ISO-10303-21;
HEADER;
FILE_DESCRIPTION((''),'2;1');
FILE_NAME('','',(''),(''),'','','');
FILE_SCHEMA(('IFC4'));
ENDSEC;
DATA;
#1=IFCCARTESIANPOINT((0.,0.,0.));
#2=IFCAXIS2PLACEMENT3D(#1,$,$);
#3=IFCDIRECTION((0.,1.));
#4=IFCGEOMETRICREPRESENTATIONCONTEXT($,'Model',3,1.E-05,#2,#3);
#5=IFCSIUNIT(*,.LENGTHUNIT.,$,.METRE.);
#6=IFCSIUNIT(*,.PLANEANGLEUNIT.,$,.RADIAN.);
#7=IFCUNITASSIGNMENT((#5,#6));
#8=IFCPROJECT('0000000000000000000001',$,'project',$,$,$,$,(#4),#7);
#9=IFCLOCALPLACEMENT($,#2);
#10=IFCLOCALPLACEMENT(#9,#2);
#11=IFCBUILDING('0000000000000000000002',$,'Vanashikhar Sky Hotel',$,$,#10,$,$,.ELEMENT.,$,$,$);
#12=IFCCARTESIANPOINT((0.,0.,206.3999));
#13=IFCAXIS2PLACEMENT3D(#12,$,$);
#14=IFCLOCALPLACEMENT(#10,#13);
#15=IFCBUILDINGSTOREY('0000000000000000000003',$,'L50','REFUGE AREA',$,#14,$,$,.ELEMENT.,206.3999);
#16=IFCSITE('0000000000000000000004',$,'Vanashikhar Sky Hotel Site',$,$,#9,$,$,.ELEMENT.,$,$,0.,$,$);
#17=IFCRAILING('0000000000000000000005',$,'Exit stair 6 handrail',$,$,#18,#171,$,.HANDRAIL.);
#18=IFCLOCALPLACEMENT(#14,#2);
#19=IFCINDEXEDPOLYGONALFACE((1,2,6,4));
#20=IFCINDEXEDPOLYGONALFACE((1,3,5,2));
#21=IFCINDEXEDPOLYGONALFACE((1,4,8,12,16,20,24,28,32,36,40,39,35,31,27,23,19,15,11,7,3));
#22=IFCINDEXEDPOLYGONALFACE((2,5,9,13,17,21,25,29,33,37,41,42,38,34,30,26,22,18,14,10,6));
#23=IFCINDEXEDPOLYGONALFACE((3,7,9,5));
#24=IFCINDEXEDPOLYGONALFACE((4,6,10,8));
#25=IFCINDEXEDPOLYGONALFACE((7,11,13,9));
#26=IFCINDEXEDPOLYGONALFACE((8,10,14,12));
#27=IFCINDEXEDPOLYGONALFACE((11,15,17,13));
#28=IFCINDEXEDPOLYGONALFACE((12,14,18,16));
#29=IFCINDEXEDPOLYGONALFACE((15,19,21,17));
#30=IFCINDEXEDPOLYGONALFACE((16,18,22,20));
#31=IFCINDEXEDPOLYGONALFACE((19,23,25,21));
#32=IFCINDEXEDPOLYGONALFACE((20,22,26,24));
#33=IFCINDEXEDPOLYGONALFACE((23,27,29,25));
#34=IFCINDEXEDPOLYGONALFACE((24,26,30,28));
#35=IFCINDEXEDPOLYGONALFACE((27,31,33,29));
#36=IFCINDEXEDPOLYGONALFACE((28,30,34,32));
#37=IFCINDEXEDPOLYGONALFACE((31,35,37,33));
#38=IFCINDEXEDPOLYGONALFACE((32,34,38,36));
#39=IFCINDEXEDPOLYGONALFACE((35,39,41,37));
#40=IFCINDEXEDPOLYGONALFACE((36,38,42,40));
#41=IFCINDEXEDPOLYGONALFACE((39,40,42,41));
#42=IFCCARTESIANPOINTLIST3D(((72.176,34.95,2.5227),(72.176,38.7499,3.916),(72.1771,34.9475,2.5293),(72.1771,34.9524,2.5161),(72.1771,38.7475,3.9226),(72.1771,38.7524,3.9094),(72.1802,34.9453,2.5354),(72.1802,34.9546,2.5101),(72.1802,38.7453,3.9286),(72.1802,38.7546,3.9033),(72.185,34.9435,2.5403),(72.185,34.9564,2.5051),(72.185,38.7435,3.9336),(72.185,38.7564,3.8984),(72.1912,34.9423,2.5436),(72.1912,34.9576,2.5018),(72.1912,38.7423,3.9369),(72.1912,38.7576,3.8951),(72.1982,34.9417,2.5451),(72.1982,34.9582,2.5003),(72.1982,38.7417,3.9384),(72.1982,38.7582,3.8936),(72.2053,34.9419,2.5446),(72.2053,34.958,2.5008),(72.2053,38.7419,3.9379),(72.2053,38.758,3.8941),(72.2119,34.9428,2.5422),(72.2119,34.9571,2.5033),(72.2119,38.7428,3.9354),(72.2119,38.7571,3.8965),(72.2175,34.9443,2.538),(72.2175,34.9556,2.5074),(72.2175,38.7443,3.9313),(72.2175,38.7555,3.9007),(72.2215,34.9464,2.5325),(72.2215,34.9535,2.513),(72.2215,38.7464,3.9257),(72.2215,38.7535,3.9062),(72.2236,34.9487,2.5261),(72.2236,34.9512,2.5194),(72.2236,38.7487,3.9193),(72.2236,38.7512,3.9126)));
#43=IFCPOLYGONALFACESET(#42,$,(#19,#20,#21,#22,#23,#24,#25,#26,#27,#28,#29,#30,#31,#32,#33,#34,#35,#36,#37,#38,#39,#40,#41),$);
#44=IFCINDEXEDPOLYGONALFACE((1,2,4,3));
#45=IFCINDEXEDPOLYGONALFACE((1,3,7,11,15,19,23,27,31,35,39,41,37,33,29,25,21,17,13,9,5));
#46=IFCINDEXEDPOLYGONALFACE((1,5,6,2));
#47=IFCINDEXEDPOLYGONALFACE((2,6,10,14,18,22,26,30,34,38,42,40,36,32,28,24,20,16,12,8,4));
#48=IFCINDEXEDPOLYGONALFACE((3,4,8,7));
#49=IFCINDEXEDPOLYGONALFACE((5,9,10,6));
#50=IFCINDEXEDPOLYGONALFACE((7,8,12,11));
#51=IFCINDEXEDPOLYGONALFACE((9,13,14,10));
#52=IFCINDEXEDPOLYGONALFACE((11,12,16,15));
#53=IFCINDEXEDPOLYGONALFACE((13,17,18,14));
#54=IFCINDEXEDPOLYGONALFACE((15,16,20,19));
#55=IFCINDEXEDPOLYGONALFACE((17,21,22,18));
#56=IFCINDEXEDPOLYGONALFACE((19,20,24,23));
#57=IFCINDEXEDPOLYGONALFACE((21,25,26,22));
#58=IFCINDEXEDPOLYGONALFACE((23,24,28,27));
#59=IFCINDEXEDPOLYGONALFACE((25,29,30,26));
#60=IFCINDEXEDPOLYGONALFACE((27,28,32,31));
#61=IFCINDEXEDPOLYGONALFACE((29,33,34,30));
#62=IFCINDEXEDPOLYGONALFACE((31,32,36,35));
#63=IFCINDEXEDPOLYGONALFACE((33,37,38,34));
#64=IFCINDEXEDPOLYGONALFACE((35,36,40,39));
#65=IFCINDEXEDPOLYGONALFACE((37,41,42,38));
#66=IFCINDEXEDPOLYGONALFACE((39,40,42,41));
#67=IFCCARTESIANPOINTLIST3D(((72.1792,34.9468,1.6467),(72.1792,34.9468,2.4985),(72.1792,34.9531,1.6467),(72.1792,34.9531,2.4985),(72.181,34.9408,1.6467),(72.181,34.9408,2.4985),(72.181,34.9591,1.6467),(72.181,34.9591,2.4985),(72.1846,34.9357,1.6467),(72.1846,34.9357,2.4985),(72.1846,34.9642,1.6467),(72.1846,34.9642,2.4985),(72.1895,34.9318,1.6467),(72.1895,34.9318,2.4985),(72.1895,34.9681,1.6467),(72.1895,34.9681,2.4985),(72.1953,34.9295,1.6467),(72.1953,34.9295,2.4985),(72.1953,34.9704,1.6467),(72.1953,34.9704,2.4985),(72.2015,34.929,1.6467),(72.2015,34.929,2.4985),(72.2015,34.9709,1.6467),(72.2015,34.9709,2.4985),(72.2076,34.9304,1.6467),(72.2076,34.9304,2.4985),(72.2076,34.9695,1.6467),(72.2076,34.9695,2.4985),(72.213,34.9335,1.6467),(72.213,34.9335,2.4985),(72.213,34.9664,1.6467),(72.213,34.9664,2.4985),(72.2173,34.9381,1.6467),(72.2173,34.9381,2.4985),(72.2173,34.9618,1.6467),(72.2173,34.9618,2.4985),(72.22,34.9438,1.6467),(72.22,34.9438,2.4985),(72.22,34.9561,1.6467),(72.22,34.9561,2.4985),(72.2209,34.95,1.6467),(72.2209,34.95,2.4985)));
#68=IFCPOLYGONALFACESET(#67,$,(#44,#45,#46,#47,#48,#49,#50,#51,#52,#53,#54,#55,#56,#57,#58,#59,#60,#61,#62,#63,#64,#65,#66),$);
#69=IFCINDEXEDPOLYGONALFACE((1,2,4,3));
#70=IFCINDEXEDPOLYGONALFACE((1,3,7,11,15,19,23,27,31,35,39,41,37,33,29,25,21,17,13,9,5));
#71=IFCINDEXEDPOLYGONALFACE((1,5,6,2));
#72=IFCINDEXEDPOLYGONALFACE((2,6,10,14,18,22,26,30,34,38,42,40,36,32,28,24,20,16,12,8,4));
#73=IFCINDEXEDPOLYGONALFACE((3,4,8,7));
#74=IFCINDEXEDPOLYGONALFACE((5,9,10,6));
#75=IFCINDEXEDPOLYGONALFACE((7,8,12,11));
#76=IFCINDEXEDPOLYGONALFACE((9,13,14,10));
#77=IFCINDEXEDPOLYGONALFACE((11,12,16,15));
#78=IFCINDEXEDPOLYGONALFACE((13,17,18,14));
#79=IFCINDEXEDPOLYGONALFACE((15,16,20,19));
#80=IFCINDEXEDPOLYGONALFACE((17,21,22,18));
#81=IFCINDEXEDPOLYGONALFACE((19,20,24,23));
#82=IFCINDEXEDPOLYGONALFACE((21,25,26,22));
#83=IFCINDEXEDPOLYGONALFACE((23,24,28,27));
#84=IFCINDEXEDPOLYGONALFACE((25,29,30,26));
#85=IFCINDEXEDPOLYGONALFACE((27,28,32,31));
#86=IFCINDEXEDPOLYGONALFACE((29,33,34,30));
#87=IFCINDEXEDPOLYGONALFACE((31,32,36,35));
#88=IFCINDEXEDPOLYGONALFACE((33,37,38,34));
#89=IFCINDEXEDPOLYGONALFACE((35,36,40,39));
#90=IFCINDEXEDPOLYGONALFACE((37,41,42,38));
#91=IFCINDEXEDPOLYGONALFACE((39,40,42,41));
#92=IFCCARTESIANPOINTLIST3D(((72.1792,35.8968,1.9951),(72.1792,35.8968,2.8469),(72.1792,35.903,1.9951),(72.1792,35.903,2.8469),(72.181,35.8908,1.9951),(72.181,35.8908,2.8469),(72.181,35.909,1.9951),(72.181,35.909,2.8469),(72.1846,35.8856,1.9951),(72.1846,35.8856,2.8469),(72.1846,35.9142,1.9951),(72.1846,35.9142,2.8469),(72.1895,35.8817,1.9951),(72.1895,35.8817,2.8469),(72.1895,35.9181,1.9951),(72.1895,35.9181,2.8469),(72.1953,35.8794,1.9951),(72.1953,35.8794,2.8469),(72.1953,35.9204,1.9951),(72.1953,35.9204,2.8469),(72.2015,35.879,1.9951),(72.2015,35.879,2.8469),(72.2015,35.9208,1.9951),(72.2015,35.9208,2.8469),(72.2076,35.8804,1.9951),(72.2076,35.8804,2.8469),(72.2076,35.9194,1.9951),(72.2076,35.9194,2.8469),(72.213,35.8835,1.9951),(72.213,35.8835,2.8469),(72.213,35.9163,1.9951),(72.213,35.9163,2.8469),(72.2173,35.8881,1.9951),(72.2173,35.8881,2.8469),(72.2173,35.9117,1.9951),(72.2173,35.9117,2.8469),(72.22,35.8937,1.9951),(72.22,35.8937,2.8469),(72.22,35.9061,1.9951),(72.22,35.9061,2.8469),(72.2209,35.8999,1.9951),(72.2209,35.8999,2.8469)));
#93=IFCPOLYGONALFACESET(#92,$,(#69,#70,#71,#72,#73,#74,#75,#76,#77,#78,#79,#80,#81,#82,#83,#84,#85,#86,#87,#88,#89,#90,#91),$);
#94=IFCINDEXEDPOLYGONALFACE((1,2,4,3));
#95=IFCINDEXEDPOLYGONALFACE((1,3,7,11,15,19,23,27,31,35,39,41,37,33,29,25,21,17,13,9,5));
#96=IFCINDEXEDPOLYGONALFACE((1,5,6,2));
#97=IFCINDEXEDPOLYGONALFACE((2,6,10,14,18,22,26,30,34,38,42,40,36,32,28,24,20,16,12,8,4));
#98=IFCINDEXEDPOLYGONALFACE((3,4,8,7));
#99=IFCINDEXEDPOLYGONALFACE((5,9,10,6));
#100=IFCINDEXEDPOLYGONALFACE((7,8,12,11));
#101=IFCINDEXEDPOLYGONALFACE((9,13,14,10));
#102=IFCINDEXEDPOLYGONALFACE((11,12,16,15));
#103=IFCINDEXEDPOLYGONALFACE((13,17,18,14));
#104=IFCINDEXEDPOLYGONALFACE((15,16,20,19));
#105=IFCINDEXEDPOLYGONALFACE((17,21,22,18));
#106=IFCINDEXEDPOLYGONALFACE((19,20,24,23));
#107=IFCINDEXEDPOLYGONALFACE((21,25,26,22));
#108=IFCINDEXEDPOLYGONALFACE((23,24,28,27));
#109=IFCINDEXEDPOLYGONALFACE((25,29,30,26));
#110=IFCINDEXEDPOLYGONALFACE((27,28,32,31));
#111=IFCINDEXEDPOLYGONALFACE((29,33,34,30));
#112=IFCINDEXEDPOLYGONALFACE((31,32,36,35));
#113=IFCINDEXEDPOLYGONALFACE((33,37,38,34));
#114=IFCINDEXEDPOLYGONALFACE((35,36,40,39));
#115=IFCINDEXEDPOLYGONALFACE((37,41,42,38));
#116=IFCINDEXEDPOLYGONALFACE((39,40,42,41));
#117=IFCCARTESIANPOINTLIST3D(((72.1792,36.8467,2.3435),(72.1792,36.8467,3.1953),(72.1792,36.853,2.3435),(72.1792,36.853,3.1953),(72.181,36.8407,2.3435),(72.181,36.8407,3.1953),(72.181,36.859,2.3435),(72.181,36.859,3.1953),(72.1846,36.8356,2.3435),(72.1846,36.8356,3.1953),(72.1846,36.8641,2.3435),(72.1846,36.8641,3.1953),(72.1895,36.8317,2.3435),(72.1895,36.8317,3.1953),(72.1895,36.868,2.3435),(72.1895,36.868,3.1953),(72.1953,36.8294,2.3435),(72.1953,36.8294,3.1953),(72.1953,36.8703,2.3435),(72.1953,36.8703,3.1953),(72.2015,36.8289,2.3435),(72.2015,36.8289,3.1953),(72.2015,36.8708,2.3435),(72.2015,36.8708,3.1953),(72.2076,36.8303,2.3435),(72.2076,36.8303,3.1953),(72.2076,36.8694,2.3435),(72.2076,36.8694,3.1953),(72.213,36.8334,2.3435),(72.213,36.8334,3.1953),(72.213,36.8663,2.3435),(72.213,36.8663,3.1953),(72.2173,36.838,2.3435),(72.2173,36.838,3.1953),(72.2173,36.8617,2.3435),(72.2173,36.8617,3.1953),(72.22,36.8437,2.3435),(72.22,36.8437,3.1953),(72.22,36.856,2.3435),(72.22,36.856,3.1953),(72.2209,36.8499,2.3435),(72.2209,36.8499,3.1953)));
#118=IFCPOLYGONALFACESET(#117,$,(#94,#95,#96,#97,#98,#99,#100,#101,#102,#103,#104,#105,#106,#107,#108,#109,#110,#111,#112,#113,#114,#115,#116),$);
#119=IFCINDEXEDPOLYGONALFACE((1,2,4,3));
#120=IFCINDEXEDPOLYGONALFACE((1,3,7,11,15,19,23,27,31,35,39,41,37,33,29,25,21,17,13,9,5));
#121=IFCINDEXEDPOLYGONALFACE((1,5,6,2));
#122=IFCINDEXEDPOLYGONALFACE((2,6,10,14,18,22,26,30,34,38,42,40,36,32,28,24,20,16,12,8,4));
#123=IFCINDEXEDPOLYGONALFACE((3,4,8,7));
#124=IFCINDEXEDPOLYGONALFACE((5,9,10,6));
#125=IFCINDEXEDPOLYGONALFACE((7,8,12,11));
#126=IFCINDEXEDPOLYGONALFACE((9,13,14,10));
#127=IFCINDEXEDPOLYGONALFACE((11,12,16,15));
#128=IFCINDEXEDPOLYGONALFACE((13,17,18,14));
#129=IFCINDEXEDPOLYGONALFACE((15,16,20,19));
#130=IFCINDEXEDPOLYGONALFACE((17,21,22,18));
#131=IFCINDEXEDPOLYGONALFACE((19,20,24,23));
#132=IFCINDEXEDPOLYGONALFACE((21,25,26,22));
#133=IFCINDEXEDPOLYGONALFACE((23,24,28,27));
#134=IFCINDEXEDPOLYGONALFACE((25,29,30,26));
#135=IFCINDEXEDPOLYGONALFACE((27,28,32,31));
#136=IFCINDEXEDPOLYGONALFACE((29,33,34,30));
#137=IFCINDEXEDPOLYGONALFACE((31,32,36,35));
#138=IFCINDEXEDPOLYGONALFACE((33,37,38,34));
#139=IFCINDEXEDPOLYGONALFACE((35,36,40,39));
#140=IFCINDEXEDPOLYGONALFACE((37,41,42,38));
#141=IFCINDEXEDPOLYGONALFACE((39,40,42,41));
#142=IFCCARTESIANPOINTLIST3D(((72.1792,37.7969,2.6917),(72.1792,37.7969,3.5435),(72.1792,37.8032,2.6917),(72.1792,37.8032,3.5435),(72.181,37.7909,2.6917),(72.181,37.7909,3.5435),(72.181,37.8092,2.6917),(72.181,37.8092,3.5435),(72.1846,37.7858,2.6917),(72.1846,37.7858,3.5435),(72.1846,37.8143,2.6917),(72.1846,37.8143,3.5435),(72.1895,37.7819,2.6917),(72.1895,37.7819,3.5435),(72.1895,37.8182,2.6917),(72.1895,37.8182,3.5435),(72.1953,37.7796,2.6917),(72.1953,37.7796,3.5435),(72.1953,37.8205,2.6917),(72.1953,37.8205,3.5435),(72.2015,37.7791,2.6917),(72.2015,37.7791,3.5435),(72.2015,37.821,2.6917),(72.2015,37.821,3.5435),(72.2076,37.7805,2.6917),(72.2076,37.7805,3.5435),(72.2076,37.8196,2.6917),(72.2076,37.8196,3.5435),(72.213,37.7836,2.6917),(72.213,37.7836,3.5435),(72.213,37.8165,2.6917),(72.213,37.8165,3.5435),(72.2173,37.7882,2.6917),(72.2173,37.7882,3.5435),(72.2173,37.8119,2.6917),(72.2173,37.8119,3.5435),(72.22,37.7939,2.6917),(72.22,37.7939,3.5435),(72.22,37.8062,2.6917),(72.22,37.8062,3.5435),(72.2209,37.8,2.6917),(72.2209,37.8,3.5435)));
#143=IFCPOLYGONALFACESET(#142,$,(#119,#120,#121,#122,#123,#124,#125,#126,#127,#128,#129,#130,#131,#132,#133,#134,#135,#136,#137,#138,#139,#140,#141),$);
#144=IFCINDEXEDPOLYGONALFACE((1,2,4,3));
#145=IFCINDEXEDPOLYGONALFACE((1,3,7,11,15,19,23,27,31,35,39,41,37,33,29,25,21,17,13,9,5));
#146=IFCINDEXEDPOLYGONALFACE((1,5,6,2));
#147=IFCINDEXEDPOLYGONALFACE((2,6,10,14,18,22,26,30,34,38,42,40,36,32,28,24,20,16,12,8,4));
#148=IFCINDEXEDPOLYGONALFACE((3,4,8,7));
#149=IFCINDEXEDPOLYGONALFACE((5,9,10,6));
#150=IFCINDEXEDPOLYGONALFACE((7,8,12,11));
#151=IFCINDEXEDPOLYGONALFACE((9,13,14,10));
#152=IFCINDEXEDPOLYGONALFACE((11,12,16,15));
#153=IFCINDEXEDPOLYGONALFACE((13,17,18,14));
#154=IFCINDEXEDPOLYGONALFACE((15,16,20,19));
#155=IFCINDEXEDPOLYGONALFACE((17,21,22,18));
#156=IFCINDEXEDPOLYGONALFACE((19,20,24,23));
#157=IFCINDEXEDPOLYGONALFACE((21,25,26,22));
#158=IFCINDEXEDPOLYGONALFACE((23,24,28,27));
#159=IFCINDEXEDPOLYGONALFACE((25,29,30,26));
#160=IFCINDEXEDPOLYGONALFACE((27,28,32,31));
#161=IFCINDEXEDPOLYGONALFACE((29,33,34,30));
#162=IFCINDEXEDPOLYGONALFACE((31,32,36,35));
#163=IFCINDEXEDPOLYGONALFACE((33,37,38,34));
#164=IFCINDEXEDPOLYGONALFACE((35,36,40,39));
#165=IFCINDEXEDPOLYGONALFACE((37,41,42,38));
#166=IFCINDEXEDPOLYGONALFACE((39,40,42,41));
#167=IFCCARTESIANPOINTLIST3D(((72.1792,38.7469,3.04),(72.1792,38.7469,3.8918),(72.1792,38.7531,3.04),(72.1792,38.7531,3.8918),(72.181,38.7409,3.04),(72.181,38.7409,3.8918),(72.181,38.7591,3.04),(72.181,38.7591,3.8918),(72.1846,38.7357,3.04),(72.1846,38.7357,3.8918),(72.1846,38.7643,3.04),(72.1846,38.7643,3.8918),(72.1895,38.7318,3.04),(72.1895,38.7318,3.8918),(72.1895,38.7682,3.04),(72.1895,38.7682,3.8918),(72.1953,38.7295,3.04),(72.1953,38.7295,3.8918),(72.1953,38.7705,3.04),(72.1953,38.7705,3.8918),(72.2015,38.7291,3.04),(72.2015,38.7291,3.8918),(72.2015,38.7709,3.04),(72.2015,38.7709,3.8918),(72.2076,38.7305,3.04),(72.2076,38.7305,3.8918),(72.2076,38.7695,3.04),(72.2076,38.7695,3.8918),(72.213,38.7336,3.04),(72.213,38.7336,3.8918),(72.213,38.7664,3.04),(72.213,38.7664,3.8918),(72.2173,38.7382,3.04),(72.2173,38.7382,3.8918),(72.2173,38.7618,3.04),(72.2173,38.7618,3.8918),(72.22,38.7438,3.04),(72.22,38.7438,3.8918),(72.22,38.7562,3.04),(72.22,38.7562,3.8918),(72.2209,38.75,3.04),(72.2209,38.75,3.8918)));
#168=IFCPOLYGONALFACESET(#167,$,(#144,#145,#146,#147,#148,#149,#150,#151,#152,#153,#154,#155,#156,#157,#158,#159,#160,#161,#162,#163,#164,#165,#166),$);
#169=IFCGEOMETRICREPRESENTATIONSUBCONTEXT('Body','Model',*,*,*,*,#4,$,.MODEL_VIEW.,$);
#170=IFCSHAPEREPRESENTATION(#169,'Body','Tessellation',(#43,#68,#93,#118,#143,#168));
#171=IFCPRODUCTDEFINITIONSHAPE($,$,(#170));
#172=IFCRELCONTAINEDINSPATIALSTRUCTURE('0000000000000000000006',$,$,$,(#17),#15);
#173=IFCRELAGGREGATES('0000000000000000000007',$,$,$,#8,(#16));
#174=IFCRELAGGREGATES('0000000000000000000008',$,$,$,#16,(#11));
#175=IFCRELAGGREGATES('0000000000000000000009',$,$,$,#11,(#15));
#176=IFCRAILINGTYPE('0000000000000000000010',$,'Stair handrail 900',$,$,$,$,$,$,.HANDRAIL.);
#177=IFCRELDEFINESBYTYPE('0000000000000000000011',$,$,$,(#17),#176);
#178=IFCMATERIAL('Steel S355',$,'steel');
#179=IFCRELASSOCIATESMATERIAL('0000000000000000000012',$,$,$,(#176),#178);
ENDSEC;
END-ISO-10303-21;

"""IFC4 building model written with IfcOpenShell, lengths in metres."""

from ifc_helpers import new_model, si_unit, direction, frame, origin, origin_2d, place, context, subcontext, project, spatial, circle, extrude, source, transform, mapped, material, type_object, element, save


model = new_model("IFC4")

# Units and contexts
model_context = context("Model", 3, precision=1e-05, world=origin(), true_north=direction((0.0, 1.0)))
body_context = subcontext(model_context, "Body", "Model", "MODEL_VIEW")
ifc_project = project(units=[si_unit("LENGTHUNIT", "METRE"), si_unit("PLANEANGLEUNIT", "RADIAN")], contexts=[model_context])

# Site, building, storey
site_placement = place(None, origin())
site = spatial("IfcSite", under=ifc_project, at=site_placement, Name="Vanashikhar Sky Hotel Site", CompositionType="ELEMENT", RefElevation=0.0)
building_placement = place(site_placement, origin())
building = spatial("IfcBuilding", under=site, at=building_placement, Name="Vanashikhar Sky Hotel", CompositionType="ELEMENT")
storey_placement = place(building_placement, frame((0.0, 0.0, 206.3999)))
storey = spatial("IfcBuildingStorey", under=building, at=storey_placement, Name="L50", Description="REFUGE AREA", CompositionType="ELEMENT", Elevation=206.3999)

# Railing
ifc_material_1 = material(Name="Steel S355", Category="steel")
railing_type_1 = type_object("IfcRailingType", Name="Stair handrail 900", PredefinedType="HANDRAIL", material=ifc_material_1)
shared_shape_1 = source(origin(), body_context, "Body", "SweptSolid", [
    extrude(circle(Radius=0.0239, at=origin_2d()), frame((0.0, 0.0, 0.876), z_axis=(0.0, 0.93888, 0.344246), x_axis=(-1.0, 0.0, 0.0)), (0.0, 0.0, 1.0), 4.0474),
    extrude(circle(Radius=0.021, at=origin_2d()), origin(), (0.0, 0.0, 1.0), 0.8518),
    extrude(circle(Radius=0.021, at=origin_2d()), frame((0.0, 0.95, 0.3484)), (0.0, 0.0, 1.0), 0.8518),
    extrude(circle(Radius=0.021, at=origin_2d()), frame((0.0, 1.8999, 0.6968)), (0.0, 0.0, 1.0), 0.8518),
    extrude(circle(Radius=0.021, at=origin_2d()), frame((0.0, 2.8501, 1.0449)), (0.0, 0.0, 1.0), 0.8518),
    extrude(circle(Radius=0.021, at=origin_2d()), frame((0.0, 3.8, 1.3933)), (0.0, 0.0, 1.0), 0.8518),
])
for number, where, name in (
    (1, (72.2, 34.95, 1.6467), "Exit stair 6 handrail"),
):
    element("IfcRailing", number, at=place(storey_placement, frame(where)), inside=storey, type_object=railing_type_1, Name=name, PredefinedType="HANDRAIL", context=body_context, shape_type="MappedRepresentation", body=[
        mapped(shared_shape_1, transform((0.0, 0.0, 0.0), scale=1.0)),
    ])

save(model, "model.ifc")
